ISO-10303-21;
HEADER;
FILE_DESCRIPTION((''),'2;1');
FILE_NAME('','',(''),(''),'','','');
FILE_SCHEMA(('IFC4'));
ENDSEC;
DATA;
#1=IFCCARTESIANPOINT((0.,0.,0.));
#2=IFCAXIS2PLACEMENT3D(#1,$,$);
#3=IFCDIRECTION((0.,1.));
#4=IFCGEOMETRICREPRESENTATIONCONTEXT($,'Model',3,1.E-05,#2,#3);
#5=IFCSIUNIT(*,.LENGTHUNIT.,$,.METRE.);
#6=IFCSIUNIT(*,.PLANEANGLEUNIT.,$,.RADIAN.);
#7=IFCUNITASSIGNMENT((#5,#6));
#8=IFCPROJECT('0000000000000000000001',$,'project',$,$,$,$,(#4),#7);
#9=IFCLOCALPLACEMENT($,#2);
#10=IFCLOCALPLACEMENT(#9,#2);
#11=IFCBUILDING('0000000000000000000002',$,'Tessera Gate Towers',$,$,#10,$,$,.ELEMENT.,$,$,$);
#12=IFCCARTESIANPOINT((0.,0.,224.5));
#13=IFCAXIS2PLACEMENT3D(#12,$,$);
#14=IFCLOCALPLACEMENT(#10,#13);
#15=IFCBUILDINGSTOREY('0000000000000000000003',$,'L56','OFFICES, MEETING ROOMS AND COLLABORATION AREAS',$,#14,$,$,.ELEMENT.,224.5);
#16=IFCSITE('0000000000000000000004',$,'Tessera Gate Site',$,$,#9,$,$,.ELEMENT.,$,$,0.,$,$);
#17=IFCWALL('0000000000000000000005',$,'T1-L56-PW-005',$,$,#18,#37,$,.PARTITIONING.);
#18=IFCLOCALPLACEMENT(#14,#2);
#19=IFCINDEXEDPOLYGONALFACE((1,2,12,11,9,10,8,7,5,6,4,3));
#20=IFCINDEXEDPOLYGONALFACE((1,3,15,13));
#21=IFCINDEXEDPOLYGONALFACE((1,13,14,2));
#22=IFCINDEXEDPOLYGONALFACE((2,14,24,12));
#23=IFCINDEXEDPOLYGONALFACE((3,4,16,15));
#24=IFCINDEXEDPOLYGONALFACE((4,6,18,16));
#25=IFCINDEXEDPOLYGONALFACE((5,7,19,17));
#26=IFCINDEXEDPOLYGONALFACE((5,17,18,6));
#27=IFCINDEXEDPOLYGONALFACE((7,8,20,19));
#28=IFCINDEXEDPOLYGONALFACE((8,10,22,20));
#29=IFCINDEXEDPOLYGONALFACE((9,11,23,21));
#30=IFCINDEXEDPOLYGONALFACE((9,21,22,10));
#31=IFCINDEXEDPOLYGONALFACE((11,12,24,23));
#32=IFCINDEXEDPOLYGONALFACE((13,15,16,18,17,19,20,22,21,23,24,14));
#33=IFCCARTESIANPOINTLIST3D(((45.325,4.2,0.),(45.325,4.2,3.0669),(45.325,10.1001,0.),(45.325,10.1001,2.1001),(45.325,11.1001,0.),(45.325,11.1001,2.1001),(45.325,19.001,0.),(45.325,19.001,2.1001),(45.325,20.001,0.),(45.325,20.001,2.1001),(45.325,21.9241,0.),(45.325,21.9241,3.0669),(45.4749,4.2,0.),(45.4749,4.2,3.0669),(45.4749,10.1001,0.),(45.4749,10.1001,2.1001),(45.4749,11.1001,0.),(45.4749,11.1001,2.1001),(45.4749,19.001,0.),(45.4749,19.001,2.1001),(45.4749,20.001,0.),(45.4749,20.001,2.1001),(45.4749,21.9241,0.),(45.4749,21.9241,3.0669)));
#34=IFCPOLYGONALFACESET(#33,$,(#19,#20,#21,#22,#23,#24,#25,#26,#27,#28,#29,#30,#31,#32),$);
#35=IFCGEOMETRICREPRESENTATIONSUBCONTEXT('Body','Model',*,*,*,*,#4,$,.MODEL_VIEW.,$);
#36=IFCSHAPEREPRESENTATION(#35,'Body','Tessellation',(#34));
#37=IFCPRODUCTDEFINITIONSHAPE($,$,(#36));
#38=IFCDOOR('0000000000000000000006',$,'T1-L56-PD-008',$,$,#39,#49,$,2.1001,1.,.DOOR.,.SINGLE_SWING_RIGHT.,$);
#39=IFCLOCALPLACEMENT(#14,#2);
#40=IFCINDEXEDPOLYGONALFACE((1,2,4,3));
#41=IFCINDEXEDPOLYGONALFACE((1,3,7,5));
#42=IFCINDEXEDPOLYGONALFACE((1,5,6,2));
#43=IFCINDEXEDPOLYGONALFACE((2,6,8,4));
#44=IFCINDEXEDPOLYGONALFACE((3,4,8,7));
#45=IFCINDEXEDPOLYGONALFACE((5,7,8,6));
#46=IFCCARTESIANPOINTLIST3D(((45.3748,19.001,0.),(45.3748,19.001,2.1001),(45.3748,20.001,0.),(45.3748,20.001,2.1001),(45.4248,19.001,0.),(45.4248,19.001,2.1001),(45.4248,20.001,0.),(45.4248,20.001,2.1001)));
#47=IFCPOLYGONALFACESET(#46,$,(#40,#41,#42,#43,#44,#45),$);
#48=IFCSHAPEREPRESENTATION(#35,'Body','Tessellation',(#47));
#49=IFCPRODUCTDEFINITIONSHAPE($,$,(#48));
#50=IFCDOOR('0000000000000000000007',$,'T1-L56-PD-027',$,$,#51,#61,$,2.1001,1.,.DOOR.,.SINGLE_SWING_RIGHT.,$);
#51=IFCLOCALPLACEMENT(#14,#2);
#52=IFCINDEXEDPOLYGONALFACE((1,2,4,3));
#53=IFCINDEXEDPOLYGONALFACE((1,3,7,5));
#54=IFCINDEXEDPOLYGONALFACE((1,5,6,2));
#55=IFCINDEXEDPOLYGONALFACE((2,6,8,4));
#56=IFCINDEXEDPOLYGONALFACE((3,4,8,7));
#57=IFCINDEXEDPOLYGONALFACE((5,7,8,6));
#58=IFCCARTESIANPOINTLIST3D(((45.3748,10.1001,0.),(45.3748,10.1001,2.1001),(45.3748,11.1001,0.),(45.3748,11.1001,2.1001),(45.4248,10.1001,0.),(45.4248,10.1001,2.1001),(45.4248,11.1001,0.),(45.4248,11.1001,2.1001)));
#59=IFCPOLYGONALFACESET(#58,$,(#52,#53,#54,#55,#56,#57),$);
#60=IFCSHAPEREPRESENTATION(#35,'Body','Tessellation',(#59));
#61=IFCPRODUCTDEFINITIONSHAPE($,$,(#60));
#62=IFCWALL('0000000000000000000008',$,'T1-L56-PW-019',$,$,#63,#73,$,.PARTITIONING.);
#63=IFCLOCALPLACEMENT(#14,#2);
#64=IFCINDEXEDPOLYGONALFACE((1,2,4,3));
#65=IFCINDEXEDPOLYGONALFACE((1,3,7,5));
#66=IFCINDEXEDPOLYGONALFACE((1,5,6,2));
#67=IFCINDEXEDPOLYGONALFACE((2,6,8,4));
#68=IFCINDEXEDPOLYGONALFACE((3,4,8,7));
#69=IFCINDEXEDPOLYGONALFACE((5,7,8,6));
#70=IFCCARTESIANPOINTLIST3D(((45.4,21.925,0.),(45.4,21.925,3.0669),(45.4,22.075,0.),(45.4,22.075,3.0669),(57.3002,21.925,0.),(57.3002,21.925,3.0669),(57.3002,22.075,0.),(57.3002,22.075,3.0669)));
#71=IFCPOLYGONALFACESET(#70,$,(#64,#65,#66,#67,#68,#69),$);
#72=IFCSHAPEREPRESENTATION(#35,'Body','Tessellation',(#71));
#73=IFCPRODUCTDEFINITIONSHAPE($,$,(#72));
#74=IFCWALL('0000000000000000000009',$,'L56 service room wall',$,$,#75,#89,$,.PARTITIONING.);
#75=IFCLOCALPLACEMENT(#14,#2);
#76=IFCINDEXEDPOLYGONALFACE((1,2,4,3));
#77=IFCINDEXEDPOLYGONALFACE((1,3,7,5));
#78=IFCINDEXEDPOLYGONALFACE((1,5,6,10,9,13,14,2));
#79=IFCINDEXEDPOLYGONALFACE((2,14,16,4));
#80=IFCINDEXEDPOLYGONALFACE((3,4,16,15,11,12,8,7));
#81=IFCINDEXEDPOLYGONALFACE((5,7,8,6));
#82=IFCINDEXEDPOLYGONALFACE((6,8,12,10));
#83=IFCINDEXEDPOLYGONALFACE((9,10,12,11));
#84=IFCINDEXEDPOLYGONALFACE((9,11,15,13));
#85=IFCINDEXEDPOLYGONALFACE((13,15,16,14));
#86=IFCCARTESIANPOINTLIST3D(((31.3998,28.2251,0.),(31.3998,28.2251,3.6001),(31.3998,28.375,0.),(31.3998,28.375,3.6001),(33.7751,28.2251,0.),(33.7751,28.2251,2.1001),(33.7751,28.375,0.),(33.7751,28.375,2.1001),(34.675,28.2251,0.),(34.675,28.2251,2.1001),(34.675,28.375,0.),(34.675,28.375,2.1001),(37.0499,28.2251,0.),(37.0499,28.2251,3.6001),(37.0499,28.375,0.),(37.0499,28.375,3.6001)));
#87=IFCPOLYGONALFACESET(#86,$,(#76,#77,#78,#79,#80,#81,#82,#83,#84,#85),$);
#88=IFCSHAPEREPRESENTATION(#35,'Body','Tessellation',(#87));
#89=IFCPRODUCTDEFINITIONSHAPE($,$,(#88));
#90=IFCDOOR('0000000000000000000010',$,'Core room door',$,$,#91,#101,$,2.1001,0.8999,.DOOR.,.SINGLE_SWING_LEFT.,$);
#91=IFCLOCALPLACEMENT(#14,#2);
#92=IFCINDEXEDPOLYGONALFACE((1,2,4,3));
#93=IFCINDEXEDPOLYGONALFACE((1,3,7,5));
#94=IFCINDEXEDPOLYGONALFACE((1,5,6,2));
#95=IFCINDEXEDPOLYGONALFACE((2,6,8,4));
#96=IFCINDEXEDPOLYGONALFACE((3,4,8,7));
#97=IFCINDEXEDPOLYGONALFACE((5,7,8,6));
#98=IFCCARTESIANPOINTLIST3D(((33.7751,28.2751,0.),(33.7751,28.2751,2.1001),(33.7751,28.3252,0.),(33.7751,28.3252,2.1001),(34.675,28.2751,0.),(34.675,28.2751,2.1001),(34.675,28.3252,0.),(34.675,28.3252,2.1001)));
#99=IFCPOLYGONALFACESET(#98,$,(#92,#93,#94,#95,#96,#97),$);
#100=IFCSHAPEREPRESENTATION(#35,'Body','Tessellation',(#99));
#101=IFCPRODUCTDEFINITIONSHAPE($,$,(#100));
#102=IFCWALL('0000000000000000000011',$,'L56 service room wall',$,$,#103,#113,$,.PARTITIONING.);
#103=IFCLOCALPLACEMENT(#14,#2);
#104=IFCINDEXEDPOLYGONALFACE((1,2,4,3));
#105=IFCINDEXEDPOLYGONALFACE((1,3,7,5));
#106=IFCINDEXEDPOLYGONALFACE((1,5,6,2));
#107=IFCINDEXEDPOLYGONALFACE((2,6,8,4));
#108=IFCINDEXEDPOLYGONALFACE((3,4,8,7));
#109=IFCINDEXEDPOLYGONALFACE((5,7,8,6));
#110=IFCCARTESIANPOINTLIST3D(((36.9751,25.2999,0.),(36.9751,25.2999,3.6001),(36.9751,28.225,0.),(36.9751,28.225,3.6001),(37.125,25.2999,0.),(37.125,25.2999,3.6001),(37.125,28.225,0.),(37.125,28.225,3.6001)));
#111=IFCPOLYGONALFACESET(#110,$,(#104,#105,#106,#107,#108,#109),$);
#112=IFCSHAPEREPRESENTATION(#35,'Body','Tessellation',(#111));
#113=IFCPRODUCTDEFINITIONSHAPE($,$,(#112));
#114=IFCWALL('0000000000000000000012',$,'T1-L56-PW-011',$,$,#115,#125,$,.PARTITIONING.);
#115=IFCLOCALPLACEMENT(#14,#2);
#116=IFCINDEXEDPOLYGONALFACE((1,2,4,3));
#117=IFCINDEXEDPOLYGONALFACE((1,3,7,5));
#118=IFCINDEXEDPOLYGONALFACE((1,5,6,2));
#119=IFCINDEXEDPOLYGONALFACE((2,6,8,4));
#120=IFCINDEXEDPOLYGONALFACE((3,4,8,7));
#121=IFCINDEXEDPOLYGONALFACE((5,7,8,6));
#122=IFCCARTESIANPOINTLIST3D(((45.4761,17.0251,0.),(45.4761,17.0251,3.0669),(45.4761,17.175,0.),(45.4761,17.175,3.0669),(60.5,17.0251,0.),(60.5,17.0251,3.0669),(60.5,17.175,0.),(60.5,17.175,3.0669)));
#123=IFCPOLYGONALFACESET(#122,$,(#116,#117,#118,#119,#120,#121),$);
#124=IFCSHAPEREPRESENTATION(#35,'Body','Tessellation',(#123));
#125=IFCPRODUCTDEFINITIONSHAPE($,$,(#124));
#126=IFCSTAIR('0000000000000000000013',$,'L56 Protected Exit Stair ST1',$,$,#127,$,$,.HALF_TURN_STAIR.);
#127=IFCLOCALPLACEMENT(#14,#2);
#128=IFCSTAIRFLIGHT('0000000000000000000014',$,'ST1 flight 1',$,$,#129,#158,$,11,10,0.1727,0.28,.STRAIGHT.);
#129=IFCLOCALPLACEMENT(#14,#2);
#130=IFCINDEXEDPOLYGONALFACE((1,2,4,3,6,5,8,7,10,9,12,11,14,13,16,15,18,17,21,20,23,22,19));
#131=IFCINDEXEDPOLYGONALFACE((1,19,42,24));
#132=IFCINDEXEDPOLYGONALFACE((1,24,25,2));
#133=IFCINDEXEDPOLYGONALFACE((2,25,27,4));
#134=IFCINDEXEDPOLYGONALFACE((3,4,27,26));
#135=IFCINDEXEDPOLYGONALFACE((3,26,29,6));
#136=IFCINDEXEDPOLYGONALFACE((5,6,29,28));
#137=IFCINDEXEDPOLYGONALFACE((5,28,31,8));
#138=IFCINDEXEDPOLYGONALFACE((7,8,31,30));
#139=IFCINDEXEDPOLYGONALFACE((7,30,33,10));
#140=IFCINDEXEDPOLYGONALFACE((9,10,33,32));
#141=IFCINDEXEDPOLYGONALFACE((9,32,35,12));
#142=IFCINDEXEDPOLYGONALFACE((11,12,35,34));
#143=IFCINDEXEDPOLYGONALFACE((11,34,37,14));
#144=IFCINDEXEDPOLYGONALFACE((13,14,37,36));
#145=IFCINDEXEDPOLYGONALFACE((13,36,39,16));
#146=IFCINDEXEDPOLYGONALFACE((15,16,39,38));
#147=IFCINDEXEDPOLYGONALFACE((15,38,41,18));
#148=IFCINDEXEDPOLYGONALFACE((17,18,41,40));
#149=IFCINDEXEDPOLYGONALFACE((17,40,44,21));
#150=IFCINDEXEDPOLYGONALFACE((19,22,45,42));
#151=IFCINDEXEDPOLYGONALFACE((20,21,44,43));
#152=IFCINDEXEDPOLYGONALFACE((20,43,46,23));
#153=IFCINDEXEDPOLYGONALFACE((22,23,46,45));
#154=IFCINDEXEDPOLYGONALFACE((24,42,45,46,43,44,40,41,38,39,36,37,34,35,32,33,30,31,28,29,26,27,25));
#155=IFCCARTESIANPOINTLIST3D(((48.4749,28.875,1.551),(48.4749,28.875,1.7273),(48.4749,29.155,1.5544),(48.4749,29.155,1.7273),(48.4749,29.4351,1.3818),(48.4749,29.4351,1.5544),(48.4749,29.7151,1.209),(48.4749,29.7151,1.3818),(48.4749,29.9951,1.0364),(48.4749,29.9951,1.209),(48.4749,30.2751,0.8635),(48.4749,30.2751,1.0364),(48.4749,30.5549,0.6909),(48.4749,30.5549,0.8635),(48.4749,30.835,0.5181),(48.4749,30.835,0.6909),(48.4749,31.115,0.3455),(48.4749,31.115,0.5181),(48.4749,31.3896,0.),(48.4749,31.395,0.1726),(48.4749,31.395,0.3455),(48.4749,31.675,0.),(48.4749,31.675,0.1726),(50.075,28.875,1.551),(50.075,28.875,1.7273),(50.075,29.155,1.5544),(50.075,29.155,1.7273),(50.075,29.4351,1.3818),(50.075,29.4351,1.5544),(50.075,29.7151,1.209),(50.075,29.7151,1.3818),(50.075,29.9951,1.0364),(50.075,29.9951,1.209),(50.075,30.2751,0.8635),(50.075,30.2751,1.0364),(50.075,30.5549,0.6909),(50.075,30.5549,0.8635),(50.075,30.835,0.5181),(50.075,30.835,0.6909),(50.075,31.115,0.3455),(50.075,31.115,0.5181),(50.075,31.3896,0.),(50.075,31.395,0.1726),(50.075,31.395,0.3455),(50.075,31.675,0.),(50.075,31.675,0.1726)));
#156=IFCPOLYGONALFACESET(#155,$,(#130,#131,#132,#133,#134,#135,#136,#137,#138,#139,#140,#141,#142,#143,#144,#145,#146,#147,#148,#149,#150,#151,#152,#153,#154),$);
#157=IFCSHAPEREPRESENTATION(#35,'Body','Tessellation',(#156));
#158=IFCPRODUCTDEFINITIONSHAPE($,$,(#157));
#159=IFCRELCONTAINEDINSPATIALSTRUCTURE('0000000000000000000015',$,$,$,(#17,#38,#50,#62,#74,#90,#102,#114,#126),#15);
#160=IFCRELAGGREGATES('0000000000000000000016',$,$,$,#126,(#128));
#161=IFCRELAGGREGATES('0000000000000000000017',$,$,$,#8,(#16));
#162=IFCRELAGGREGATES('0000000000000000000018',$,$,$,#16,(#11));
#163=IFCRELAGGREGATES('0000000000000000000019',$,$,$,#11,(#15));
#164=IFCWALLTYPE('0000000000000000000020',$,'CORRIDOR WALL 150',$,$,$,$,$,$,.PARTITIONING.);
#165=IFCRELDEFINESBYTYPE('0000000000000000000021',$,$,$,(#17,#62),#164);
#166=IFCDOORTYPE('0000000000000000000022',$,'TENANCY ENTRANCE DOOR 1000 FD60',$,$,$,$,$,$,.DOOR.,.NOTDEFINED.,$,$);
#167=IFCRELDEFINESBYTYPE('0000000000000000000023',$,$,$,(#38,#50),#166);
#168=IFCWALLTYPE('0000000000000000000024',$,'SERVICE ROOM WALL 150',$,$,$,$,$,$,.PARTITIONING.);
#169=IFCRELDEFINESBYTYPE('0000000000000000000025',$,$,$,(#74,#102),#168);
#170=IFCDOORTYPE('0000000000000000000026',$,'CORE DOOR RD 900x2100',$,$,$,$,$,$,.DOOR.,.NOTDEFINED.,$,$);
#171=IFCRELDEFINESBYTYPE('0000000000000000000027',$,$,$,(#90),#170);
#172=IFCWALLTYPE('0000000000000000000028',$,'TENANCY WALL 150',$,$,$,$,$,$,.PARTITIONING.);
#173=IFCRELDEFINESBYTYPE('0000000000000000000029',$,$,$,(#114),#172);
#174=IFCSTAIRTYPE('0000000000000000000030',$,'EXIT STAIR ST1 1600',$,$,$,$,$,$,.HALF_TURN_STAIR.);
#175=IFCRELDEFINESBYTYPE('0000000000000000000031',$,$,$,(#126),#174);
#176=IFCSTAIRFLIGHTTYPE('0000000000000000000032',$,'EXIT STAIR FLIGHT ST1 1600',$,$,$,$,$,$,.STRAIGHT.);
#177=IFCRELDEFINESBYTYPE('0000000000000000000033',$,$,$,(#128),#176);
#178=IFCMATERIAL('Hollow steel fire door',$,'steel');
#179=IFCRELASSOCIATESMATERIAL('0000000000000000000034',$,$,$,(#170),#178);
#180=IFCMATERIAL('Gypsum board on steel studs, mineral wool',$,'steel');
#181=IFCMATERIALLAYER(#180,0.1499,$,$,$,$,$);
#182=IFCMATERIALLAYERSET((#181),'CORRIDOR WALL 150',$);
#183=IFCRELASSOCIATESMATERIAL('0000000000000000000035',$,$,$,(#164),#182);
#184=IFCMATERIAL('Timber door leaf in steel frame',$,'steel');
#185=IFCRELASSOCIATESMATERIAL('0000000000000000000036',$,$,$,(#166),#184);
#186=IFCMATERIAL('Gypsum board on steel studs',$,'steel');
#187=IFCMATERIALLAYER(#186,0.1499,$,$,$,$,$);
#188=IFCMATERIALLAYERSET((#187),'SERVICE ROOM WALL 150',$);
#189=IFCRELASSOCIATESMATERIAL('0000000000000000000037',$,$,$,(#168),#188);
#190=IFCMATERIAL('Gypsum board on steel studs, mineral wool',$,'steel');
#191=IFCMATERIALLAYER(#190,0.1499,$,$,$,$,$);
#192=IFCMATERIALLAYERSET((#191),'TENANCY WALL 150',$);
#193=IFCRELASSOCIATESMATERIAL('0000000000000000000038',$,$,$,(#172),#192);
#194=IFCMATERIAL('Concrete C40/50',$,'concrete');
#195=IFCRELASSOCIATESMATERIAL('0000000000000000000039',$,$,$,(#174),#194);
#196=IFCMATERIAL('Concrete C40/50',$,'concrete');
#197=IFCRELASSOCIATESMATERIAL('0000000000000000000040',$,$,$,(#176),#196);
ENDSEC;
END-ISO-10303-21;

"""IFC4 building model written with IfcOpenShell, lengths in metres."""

from ifc_helpers import new_model, si_unit, direction, frame, frame_2d, origin, place, context, subcontext, project, spatial, polyline, rectangle, outline, extrude, source, transform, mapped, material, layer, layer_set, type_object, element, fill, aggregate, save


model = new_model("IFC4")

# Units and contexts
model_context = context("Model", 3, precision=1e-05, world=origin(), true_north=direction((0.0, 1.0)))
body_context = subcontext(model_context, "Body", "Model", "MODEL_VIEW")
ifc_project = project(units=[si_unit("LENGTHUNIT", "METRE"), si_unit("PLANEANGLEUNIT", "RADIAN")], contexts=[model_context])

# Site, building, storey
site_placement = place(None, origin())
site = spatial("IfcSite", under=ifc_project, at=site_placement, Name="Tessera Gate Site", CompositionType="ELEMENT", RefElevation=0.0)
building_placement = place(site_placement, origin())
building = spatial("IfcBuilding", under=site, at=building_placement, Name="Tessera Gate Towers", CompositionType="ELEMENT")
storey_placement = place(building_placement, frame((0.0, 0.0, 224.5)))
storey = spatial("IfcBuildingStorey", under=building, at=storey_placement, Name="L56", Description="OFFICES, MEETING ROOMS AND COLLABORATION AREAS", CompositionType="ELEMENT", Elevation=224.5)

# Shared definitions
ifc_material_1 = material(Name="Hollow steel fire door", Category="steel")
door_type_1 = type_object("IfcDoorType", Name="CORE DOOR RD 900x2100", OperationType="NOTDEFINED", PredefinedType="DOOR", material=ifc_material_1)
shared_shape_1 = source(origin(), body_context, "Body", "SweptSolid", [
    extrude(rectangle(XDim=0.8999, YDim=2.1001, at=frame_2d((0.45, 1.05))), frame((0.0, 0.0249, 0.0), z_axis=(0.0, -1.0, 0.0), x_axis=(1.0, 0.0, 0.0)), (0.0, 0.0, 1.0), 0.05),
])

# Wall, openings, doors
ifc_material_2 = material(Name="Gypsum board on steel studs, mineral wool", Category="steel")
ifc_layer_1 = layer(ifc_material_2, 0.1499)
ifc_layer_set_1 = layer_set([ifc_layer_1], Name="CORRIDOR WALL 150")
wall_type_1 = type_object("IfcWallType", Name="CORRIDOR WALL 150", PredefinedType="PARTITIONING", material=ifc_layer_set_1)
wall_1_placement = place(storey_placement, frame((45.3999, 21.9241, 0.0), z_axis=(0.0, 0.0, 1.0), x_axis=(0.0, -1.0, 0.0)))
wall_1 = element("IfcWall", 1, at=wall_1_placement, inside=storey, type_object=wall_type_1, Name="T1-L56-PW-005", PredefinedType="PARTITIONING", context=body_context, shape_type="SweptSolid", body=[
    extrude(rectangle(XDim=17.7241, YDim=0.1499, at=frame_2d((8.8621, 0.0))), origin(), (0.0, 0.0, 1.0), 3.0669),
])
shared_shape_2 = source(origin(), body_context, "Body", "SweptSolid", [
    extrude(rectangle(XDim=1.0, YDim=2.1001, at=frame_2d((0.5, 1.05))), frame((0.0, 0.085, 0.0), z_axis=(0.0, -1.0, 0.0), x_axis=(1.0, 0.0, 0.0)), (0.0, 0.0, 1.0), 0.1699),
])
opening_1_placement = place(wall_1_placement, frame((1.9231, 0.0, 0.0)))
opening_1 = element("IfcOpeningElement", 2, at=opening_1_placement, cuts=wall_1, PredefinedType="OPENING", context=body_context, shape_type="MappedRepresentation", body=[
    mapped(shared_shape_2, transform((0.0, 0.0, 0.0), scale=1.0)),
])
opening_2_placement = place(wall_1_placement, frame((10.824, 0.0, 0.0)))
opening_2 = element("IfcOpeningElement", 3, at=opening_2_placement, cuts=wall_1, PredefinedType="OPENING", context=body_context, shape_type="MappedRepresentation", body=[
    mapped(shared_shape_2, transform((0.0, 0.0, 0.0), scale=1.0)),
])
ifc_material_3 = material(Name="Timber door leaf in steel frame", Category="steel")
door_type_2 = type_object("IfcDoorType", Name="TENANCY ENTRANCE DOOR 1000 FD60", OperationType="NOTDEFINED", PredefinedType="DOOR", material=ifc_material_3)
shared_shape_3 = source(origin(), body_context, "Body", "SweptSolid", [
    extrude(rectangle(XDim=1.0, YDim=2.1001, at=frame_2d((0.5, 1.05))), frame((0.0, 0.0249, 0.0), z_axis=(0.0, -1.0, 0.0), x_axis=(1.0, 0.0, 0.0)), (0.0, 0.0, 1.0), 0.05),
])
door_1_placement = place(opening_1_placement, origin())
door_1 = element("IfcDoor", 4, at=door_1_placement, inside=storey, type_object=door_type_2, Name="T1-L56-PD-008", OperationType="SINGLE_SWING_RIGHT", OverallHeight=2.1001, OverallWidth=1.0, PredefinedType="DOOR", context=body_context, shape_type="MappedRepresentation", body=[
    mapped(shared_shape_3, transform((0.0, 0.0, 0.0), scale=1.0)),
])
fill(opening_1, door_1)
door_2_placement = place(opening_2_placement, origin())
door_2 = element("IfcDoor", 5, at=door_2_placement, inside=storey, type_object=door_type_2, Name="T1-L56-PD-027", OperationType="SINGLE_SWING_RIGHT", OverallHeight=2.1001, OverallWidth=1.0, PredefinedType="DOOR", context=body_context, shape_type="MappedRepresentation", body=[
    mapped(shared_shape_3, transform((0.0, 0.0, 0.0), scale=1.0)),
])
fill(opening_2, door_2)

# Wall
wall_2_placement = place(storey_placement, frame((45.3999, 22.0, 0.0), z_axis=(0.0, 0.0, 1.0), x_axis=(1.0, 0.0, 0.0)))
element("IfcWall", 6, at=wall_2_placement, inside=storey, type_object=wall_type_1, Name="T1-L56-PW-019", PredefinedType="PARTITIONING", context=body_context, shape_type="SweptSolid", body=[
    extrude(rectangle(XDim=11.9001, YDim=0.1499, at=frame_2d((5.9502, 0.0))), origin(), (0.0, 0.0, 1.0), 3.0669),
])

# Wall, opening, door
ifc_material_4 = material(Name="Gypsum board on steel studs", Category="steel")
ifc_layer_2 = layer(ifc_material_4, 0.1499)
ifc_layer_set_2 = layer_set([ifc_layer_2], Name="SERVICE ROOM WALL 150")
wall_type_2 = type_object("IfcWallType", Name="SERVICE ROOM WALL 150", PredefinedType="PARTITIONING", material=ifc_layer_set_2)
wall_3_placement = place(storey_placement, frame((37.05, 28.3, 0.0), z_axis=(0.0, 0.0, 1.0), x_axis=(-1.0, 0.0, 0.0)))
wall_3 = element("IfcWall", 7, at=wall_3_placement, inside=storey, type_object=wall_type_2, Name="L56 service room wall", PredefinedType="PARTITIONING", context=body_context, shape_type="SweptSolid", body=[
    extrude(rectangle(XDim=5.6501, YDim=0.1499, at=frame_2d((2.8252, 0.0))), origin(), (0.0, 0.0, 1.0), 3.6001),
])
shared_shape_4 = source(origin(), body_context, "Body", "SweptSolid", [
    extrude(rectangle(XDim=0.8999, YDim=2.1001, at=frame_2d((0.45, 1.05))), frame((0.0, 0.085, 0.0), z_axis=(0.0, -1.0, 0.0), x_axis=(1.0, 0.0, 0.0)), (0.0, 0.0, 1.0), 0.1699),
])
opening_3_placement = place(wall_3_placement, frame((2.375, 0.0, 0.0)))
opening_3 = element("IfcOpeningElement", 8, at=opening_3_placement, cuts=wall_3, PredefinedType="OPENING", context=body_context, shape_type="MappedRepresentation", body=[
    mapped(shared_shape_4, transform((0.0, 0.0, 0.0), scale=1.0)),
])
door_3_placement = place(opening_3_placement, origin())
door_3 = element("IfcDoor", 9, at=door_3_placement, inside=storey, type_object=door_type_1, Name="Core room door", OperationType="SINGLE_SWING_LEFT", OverallHeight=2.1001, OverallWidth=0.8999, PredefinedType="DOOR", context=body_context, shape_type="MappedRepresentation", body=[
    mapped(shared_shape_1, transform((0.0, 0.0, 0.0), scale=1.0)),
])
fill(opening_3, door_3)

# Walls
wall_4_placement = place(storey_placement, frame((37.05, 25.3, 0.0), z_axis=(0.0, 0.0, 1.0), x_axis=(0.0, 1.0, 0.0)))
element("IfcWall", 10, at=wall_4_placement, inside=storey, type_object=wall_type_2, Name="L56 service room wall", PredefinedType="PARTITIONING", context=body_context, shape_type="SweptSolid", body=[
    extrude(rectangle(XDim=2.925, YDim=0.1499, at=frame_2d((1.4624, 0.0))), origin(), (0.0, 0.0, 1.0), 3.6001),
])
ifc_material_5 = material(Name="Gypsum board on steel studs, mineral wool", Category="steel")
ifc_layer_3 = layer(ifc_material_5, 0.1499)
ifc_layer_set_3 = layer_set([ifc_layer_3], Name="TENANCY WALL 150")
wall_type_3 = type_object("IfcWallType", Name="TENANCY WALL 150", PredefinedType="PARTITIONING", material=ifc_layer_set_3)
wall_5_placement = place(storey_placement, frame((45.4761, 17.1001, 0.0), z_axis=(0.0, 0.0, 1.0), x_axis=(1.0, 0.0, 0.0)))
element("IfcWall", 11, at=wall_5_placement, inside=storey, type_object=wall_type_3, Name="T1-L56-PW-011", PredefinedType="PARTITIONING", context=body_context, shape_type="SweptSolid", body=[
    extrude(rectangle(XDim=15.0239, YDim=0.1499, at=frame_2d((7.512, 0.0))), origin(), (0.0, 0.0, 1.0), 3.0669),
])

# Stair, stair flight
ifc_material_6 = material(Name="Concrete C40/50", Category="concrete")
stair_type = type_object("IfcStairType", Name="EXIT STAIR ST1 1600", PredefinedType="HALF_TURN_STAIR", material=ifc_material_6)
stair_placement = place(storey_placement, origin())
stair = element("IfcStair", 12, at=stair_placement, inside=storey, type_object=stair_type, Name="L56 Protected Exit Stair ST1", PredefinedType="HALF_TURN_STAIR")
ifc_material_7 = material(Name="Concrete C40/50", Category="concrete")
stair_flight_type = type_object("IfcStairFlightType", Name="EXIT STAIR FLIGHT ST1 1600", PredefinedType="STRAIGHT", material=ifc_material_7)
stair_flight_1_placement = place(storey_placement, frame((49.2749, 31.675, 0.0), z_axis=(0.0, 0.0, 1.0), x_axis=(0.0, -1.0, 0.0)))
stair_flight_1 = element("IfcStairFlight", 13, at=stair_flight_1_placement, type_object=stair_flight_type, Name="ST1 flight 1", NumberOfRisers=11, NumberOfTreads=10, PredefinedType="STRAIGHT", RiserHeight=0.1727, TreadLength=0.28, context=body_context, shape_type="SweptSolid", body=[
    extrude(outline(polyline([(0.0, 0.0), (0.0, 0.1726), (0.28, 0.1726), (0.28, 0.3455), (0.5601, 0.3455), (0.5601, 0.5181), (0.8401, 0.5181), (0.8401, 0.6909), (1.1201, 0.6909), (1.1201, 0.8635), (1.3999, 0.8635), (1.3999, 1.0364), (1.6799, 1.0364), (1.6799, 1.209), (1.96, 1.209), (1.96, 1.3818), (2.24, 1.3818), (2.24, 1.5544), (2.52, 1.5544), (2.52, 1.7273), (2.8, 1.7273), (2.8, 1.8999), (2.8, 1.551), (0.2854, 0.0), (0.0, 0.0)])), frame((0.0, 0.8, 0.0), z_axis=(0.0, -1.0, 0.0), x_axis=(1.0, 0.0, 0.0)), (0.0, 0.0, 1.0), 1.6001),
])
aggregate(stair, [stair_flight_1])

save(model, "model.ifc")
